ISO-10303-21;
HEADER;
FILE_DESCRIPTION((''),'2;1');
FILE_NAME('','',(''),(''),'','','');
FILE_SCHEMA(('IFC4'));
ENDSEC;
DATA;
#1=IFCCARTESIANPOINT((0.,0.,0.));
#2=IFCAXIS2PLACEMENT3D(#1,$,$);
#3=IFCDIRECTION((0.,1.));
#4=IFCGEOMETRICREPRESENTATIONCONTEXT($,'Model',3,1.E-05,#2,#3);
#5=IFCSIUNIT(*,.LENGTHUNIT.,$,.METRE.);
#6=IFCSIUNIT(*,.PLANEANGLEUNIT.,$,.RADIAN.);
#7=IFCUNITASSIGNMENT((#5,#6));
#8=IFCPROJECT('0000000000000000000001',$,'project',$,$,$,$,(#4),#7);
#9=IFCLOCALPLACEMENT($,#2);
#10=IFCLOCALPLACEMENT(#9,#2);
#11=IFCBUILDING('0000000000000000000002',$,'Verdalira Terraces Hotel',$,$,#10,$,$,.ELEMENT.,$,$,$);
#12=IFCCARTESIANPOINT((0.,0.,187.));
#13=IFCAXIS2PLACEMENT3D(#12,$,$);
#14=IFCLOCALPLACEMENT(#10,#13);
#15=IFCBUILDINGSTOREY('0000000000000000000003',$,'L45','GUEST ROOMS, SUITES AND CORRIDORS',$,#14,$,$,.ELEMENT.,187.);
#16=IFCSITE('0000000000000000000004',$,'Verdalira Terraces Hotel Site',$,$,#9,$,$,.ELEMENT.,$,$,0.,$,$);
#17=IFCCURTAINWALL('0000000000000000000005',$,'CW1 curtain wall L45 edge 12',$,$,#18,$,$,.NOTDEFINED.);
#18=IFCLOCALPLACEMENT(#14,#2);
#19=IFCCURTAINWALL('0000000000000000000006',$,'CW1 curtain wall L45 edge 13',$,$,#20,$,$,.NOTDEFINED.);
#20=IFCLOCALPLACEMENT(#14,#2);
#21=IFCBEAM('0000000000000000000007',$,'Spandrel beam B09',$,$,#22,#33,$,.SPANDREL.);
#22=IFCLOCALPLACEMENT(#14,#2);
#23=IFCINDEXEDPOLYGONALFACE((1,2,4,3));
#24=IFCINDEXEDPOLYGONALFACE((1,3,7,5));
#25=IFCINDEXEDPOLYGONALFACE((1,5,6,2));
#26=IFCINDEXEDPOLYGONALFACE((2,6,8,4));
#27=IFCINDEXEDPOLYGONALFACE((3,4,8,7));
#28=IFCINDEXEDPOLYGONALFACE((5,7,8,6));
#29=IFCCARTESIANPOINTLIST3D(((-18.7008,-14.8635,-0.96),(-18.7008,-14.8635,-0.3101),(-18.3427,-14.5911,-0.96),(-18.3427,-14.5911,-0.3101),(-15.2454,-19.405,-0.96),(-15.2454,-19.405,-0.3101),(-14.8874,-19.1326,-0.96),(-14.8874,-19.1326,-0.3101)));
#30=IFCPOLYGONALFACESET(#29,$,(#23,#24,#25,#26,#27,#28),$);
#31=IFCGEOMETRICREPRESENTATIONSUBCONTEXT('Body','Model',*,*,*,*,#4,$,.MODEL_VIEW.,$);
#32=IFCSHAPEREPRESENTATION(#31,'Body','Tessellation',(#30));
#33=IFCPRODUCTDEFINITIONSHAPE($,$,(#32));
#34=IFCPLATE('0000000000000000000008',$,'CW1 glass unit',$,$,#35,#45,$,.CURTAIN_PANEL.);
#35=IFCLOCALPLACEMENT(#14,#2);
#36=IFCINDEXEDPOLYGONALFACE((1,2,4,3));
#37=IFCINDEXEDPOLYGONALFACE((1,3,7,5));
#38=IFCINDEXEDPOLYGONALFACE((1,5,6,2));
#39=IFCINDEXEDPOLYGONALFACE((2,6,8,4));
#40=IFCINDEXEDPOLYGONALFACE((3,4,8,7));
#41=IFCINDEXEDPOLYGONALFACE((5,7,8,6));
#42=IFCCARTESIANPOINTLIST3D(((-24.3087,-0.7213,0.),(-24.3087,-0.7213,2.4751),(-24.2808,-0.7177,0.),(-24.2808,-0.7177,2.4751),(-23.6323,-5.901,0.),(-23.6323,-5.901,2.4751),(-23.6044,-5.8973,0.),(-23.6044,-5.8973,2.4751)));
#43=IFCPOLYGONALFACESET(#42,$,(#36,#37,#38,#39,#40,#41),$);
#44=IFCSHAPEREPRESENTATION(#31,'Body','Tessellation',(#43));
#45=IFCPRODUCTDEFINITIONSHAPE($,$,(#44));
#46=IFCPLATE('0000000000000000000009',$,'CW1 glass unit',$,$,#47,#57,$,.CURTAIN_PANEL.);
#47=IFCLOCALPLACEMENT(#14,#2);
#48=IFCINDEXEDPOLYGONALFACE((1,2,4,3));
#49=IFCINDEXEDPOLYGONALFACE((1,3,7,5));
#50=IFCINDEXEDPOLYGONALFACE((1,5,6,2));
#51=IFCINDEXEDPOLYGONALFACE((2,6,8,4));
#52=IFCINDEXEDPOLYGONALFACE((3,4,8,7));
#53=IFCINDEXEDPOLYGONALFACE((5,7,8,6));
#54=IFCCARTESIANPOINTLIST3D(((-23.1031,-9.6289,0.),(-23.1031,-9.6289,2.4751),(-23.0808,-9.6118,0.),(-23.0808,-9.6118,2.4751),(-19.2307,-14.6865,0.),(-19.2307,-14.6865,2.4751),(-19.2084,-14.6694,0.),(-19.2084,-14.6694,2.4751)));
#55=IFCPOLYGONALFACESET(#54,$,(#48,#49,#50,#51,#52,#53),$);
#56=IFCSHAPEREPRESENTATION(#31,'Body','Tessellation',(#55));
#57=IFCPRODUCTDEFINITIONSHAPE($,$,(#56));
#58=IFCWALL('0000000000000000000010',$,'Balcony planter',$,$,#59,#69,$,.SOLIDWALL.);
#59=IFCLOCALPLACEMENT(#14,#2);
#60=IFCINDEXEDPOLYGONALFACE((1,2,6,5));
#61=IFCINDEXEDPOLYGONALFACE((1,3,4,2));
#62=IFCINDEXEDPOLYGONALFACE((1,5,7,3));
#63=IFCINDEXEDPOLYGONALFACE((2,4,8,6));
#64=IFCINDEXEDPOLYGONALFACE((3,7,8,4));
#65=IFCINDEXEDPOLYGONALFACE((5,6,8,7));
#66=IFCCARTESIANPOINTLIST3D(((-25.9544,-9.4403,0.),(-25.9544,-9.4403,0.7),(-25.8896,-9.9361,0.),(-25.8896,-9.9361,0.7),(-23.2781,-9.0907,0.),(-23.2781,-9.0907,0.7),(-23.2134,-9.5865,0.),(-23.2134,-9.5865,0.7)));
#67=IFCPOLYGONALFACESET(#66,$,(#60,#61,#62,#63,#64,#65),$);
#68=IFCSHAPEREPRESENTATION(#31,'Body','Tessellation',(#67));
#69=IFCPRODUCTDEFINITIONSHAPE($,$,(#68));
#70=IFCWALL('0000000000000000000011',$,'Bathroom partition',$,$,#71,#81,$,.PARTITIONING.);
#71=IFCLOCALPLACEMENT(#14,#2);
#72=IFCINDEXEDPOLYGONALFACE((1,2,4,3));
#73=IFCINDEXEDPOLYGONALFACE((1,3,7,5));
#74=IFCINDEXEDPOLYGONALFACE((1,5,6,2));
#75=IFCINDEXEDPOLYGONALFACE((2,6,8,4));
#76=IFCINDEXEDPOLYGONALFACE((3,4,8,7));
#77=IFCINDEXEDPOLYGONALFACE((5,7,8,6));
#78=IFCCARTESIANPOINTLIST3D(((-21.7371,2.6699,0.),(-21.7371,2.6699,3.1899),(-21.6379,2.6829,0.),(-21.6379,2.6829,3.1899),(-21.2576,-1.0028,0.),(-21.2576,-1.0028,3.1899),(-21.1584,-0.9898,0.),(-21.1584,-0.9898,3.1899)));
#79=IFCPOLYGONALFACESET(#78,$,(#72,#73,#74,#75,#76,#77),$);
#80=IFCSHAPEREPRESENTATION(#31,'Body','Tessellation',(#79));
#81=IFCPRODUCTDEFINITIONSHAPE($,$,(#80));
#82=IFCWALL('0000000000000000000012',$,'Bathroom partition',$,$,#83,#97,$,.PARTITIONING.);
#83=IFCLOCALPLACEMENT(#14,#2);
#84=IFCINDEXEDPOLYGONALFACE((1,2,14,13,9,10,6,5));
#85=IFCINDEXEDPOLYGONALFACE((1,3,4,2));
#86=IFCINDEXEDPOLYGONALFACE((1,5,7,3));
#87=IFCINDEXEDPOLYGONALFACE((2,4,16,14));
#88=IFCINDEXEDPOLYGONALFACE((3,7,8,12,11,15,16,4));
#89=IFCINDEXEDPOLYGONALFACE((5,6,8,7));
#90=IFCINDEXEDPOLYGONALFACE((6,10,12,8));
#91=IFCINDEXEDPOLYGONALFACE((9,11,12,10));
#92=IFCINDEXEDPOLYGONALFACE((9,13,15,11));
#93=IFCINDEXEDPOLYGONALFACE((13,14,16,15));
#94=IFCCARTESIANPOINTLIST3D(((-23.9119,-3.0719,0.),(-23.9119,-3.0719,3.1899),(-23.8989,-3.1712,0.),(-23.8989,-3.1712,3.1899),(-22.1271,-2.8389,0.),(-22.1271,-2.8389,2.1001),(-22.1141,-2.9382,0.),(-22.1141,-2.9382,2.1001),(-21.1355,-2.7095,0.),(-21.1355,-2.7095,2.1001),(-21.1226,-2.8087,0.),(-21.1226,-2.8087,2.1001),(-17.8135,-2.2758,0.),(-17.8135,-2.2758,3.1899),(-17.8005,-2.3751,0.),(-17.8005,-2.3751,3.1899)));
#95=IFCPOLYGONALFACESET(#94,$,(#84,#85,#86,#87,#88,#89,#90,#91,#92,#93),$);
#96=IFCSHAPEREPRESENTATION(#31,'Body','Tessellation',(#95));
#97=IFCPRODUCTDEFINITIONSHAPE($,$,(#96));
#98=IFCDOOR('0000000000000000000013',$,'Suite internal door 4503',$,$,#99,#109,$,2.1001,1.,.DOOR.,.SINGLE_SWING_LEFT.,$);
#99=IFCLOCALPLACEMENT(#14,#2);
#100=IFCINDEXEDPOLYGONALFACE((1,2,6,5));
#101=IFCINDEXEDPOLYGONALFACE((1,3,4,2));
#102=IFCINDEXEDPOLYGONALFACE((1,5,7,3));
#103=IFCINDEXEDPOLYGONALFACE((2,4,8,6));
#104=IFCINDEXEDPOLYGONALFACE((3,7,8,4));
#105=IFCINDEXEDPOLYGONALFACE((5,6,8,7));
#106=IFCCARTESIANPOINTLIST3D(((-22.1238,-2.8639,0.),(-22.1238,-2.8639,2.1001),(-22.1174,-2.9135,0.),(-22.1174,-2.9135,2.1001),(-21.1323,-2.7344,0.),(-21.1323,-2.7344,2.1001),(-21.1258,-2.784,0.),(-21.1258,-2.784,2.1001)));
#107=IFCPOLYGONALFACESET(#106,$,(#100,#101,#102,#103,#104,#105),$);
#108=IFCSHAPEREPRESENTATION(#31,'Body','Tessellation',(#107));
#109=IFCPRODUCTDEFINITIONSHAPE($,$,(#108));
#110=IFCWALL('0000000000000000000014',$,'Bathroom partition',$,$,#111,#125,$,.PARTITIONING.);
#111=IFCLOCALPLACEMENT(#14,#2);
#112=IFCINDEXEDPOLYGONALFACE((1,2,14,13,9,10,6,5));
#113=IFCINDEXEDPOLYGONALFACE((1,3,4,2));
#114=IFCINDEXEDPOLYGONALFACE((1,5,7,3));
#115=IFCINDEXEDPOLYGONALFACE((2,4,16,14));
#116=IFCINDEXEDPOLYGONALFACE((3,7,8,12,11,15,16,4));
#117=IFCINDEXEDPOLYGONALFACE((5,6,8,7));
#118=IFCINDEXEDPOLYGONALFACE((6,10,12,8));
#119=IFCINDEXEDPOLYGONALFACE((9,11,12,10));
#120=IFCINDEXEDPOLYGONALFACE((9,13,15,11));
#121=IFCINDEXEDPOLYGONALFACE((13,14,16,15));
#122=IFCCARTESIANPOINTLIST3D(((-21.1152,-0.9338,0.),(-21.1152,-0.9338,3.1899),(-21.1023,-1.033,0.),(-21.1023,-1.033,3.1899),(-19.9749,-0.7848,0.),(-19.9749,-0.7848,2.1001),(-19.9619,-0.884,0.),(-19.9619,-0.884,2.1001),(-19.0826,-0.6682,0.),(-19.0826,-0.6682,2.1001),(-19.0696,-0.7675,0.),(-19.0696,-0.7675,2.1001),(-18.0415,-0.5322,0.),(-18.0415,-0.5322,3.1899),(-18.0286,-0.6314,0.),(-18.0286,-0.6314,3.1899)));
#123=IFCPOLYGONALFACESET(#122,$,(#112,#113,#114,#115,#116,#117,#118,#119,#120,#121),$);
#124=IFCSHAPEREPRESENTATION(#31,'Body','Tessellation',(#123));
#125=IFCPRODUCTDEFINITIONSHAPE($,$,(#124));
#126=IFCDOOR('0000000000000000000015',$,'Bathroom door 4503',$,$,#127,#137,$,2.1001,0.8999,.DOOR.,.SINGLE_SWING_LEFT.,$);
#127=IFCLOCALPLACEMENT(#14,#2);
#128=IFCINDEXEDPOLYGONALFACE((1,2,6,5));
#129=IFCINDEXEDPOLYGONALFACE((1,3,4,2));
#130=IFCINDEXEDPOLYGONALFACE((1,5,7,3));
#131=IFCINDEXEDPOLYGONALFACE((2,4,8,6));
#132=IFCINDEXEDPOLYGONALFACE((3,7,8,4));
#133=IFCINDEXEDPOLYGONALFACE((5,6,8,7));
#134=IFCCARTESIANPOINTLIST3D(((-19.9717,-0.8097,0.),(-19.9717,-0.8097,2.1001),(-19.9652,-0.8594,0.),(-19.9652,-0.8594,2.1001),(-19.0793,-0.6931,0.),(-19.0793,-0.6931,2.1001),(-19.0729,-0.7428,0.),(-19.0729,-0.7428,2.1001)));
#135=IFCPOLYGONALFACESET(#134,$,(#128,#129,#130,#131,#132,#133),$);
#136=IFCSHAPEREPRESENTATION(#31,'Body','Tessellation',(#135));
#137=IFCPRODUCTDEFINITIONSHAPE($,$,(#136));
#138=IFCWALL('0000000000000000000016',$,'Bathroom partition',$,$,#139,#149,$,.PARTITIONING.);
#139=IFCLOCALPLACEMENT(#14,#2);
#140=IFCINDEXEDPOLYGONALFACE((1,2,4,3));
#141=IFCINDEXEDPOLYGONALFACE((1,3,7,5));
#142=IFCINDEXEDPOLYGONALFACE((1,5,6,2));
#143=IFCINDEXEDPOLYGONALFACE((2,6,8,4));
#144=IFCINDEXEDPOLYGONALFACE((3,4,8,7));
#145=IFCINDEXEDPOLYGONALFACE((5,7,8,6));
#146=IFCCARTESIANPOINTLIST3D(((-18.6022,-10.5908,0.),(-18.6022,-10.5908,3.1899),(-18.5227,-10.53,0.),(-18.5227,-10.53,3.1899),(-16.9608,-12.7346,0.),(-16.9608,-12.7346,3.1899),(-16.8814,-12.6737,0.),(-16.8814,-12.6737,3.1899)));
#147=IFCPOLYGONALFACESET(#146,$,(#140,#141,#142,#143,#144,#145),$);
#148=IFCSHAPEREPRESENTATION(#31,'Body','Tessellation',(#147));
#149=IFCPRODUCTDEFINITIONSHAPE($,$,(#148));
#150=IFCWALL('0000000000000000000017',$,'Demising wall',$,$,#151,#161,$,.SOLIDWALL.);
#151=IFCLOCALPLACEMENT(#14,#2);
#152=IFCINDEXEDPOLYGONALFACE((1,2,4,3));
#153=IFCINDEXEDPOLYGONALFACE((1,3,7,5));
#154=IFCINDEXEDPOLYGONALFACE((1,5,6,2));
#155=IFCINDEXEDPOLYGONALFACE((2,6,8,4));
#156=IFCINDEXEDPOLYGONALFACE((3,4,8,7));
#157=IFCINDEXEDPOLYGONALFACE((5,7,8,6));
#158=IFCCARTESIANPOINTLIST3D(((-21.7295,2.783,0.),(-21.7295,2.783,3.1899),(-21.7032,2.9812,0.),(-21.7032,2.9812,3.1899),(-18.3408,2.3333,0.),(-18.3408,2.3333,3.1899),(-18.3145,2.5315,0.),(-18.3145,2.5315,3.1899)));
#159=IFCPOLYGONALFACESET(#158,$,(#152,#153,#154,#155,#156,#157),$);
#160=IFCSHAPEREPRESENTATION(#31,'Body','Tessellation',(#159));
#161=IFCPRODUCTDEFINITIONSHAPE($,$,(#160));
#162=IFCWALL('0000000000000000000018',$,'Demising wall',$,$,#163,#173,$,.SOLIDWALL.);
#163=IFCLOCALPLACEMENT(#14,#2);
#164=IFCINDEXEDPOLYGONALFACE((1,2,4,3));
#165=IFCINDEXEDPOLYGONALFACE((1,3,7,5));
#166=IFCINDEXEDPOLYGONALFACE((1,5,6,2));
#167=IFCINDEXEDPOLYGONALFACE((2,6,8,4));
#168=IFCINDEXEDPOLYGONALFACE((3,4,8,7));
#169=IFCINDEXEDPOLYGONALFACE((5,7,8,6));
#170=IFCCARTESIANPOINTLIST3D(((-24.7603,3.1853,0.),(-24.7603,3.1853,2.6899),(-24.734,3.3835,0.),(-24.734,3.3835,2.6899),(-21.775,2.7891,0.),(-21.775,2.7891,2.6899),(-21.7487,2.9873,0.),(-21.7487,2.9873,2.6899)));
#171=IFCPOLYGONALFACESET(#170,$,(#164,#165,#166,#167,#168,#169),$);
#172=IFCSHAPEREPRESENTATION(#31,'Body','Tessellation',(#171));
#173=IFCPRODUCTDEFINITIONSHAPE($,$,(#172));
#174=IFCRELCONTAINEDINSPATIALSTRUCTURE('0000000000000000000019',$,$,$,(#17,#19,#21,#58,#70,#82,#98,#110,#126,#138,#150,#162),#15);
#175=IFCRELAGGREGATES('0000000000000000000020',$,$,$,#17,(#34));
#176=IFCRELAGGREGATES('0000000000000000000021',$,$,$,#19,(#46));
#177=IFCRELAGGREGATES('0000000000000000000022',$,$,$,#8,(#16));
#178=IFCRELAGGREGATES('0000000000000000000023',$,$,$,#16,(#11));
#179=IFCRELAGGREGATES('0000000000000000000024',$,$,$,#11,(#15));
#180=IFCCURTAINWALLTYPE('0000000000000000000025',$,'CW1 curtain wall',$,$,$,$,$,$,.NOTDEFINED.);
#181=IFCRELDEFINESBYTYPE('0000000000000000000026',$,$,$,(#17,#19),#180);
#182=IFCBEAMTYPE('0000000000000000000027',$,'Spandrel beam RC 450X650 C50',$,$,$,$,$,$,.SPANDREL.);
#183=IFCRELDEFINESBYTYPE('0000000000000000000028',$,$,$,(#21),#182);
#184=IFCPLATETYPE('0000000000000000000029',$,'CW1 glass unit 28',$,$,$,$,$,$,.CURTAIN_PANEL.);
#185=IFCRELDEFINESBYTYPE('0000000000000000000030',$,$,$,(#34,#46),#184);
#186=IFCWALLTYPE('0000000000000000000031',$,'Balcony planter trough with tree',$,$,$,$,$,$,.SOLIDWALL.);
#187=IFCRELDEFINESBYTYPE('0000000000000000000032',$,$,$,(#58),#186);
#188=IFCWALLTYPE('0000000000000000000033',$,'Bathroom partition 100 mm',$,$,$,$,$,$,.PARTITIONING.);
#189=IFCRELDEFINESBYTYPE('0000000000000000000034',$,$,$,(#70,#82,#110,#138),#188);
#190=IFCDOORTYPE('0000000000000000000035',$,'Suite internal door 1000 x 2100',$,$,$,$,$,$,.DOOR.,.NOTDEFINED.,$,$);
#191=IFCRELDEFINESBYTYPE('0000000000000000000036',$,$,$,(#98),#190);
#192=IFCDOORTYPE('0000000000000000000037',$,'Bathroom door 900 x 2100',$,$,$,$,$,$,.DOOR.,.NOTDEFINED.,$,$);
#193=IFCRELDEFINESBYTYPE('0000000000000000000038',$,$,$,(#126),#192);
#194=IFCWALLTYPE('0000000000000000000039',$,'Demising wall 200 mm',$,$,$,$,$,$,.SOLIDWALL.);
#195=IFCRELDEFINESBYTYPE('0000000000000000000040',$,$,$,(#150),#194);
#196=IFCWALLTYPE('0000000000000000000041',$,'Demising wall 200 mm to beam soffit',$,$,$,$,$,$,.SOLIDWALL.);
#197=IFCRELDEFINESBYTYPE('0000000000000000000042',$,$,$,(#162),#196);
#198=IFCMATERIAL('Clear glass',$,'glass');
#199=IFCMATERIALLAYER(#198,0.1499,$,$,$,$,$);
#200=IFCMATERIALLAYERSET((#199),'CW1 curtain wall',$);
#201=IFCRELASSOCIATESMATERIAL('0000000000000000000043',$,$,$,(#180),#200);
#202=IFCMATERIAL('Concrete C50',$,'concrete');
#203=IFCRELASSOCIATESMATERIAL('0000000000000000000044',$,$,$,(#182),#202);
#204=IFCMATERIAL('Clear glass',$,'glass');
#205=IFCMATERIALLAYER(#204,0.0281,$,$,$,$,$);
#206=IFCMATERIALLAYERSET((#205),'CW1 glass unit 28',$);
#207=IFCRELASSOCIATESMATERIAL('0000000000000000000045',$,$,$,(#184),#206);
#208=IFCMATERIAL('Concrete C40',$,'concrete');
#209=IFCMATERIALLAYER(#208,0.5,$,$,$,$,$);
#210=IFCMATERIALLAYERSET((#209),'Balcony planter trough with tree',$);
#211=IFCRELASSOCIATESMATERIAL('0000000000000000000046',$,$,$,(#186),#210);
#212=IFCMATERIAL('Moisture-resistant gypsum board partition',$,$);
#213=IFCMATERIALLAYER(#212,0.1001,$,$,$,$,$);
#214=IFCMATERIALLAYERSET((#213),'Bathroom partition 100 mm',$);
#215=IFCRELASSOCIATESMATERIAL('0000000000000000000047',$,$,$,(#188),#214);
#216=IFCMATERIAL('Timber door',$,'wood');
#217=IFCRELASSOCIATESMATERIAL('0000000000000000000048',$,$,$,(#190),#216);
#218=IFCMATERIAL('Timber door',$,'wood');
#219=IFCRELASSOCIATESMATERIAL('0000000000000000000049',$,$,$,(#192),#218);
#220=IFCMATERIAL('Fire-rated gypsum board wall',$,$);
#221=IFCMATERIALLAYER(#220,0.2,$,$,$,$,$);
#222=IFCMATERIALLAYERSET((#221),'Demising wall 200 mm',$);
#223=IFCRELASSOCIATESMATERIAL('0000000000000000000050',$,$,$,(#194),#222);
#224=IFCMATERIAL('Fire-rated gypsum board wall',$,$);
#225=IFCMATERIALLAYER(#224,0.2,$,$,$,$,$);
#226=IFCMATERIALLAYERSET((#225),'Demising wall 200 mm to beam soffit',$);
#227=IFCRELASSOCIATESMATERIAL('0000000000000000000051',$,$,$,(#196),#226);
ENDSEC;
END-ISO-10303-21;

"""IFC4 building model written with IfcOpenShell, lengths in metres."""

from ifc_helpers import new_model, si_unit, direction, frame, frame_2d, origin, origin_2d, place, context, subcontext, project, spatial, rectangle, extrude, material, layer, layer_set, material_profile, profile_set, type_object, element, fill, aggregate, save


model = new_model("IFC4")

# Units and contexts
model_context = context("Model", 3, precision=1e-05, world=origin(), true_north=direction((0.0, 1.0)))
body_context = subcontext(model_context, "Body", "Model", "MODEL_VIEW")
ifc_project = project(units=[si_unit("LENGTHUNIT", "METRE"), si_unit("PLANEANGLEUNIT", "RADIAN")], contexts=[model_context])

# Site, building, storey
site_placement = place(None, origin())
site = spatial("IfcSite", under=ifc_project, at=site_placement, Name="Verdalira Terraces Hotel Site", CompositionType="ELEMENT", RefElevation=0.0)
building_placement = place(site_placement, origin())
building = spatial("IfcBuilding", under=site, at=building_placement, Name="Verdalira Terraces Hotel", CompositionType="ELEMENT")
storey_placement = place(building_placement, frame((0.0, 0.0, 187.0)))
storey = spatial("IfcBuildingStorey", under=building, at=storey_placement, Name="L45", Description="GUEST ROOMS, SUITES AND CORRIDORS", CompositionType="ELEMENT", Elevation=187.0)

# Curtain wall
ifc_material_1 = material(Name="Clear glass", Category="glass")
ifc_layer_1 = layer(ifc_material_1, 0.1499)
ifc_layer_set_1 = layer_set([ifc_layer_1], Name="CW1 curtain wall")
curtain_wall_type = type_object("IfcCurtainWallType", Name="CW1 curtain wall", PredefinedType="NOTDEFINED", material=ifc_layer_set_1)
curtain_wall_1_placement = place(storey_placement, origin())
curtain_wall_1 = element("IfcCurtainWall", 1, at=curtain_wall_1_placement, inside=storey, type_object=curtain_wall_type, Name="CW1 curtain wall L45 edge 12", PredefinedType="NOTDEFINED")

# Curtain wall
curtain_wall_2_placement = place(storey_placement, origin())
curtain_wall_2 = element("IfcCurtainWall", 2, at=curtain_wall_2_placement, inside=storey, type_object=curtain_wall_type, Name="CW1 curtain wall L45 edge 13", PredefinedType="NOTDEFINED")

# Beam
ifc_material_2 = material(Name="Concrete C50", Category="concrete")
ifc_material_profile_1 = material_profile(ifc_material_2, rectangle(XDim=0.45, YDim=0.6499, at=origin_2d()), Name="RC 450X650")
ifc_profile_set_1 = profile_set([ifc_material_profile_1], Name="Concrete C50")
beam_type_1 = type_object("IfcBeamType", Name="Spandrel beam RC 450X650 C50", PredefinedType="SPANDREL", material=ifc_profile_set_1)
beam_1_placement = place(storey_placement, frame((-18.5217, -14.7273, -0.635), z_axis=(0.605503, -0.795843, 0.0), x_axis=(0.795843, 0.605503, 0.0)))
element("IfcBeam", 3, at=beam_1_placement, inside=storey, type_object=beam_type_1, Name="Spandrel beam B09", PredefinedType="SPANDREL", context=body_context, shape_type="SweptSolid", body=[
    extrude(rectangle(XDim=0.45, YDim=0.6499, at=origin_2d()), origin(), (0.0, 0.0, 1.0), 5.7065),
])

# Plates
ifc_material_3 = material(Name="Clear glass", Category="glass")
ifc_layer_2 = layer(ifc_material_3, 0.0281)
ifc_layer_set_2 = layer_set([ifc_layer_2], Name="CW1 glass unit 28")
plate_type = type_object("IfcPlateType", Name="CW1 glass unit 28", PredefinedType="CURTAIN_PANEL", material=ifc_layer_set_2)
plate_1_placement = place(storey_placement, frame((-23.9565, -3.3093, 0.0), z_axis=(0.0, 0.0, 1.0), x_axis=(0.129488, -0.991581, 0.0)))
plate_1 = element("IfcPlate", 4, at=plate_1_placement, type_object=plate_type, Name="CW1 glass unit", PredefinedType="CURTAIN_PANEL", context=body_context, shape_type="SweptSolid", body=[
    extrude(rectangle(XDim=5.2236, YDim=0.0281, at=origin_2d()), origin(), (0.0, 0.0, 1.0), 2.4751),
])
aggregate(curtain_wall_1, [plate_1])
plate_2_placement = place(storey_placement, frame((-21.1558, -12.1492, 0.0), z_axis=(0.0, 0.0, 1.0), x_axis=(0.60793, -0.79399, 0.0)))
plate_2 = element("IfcPlate", 5, at=plate_2_placement, type_object=plate_type, Name="CW1 glass unit", PredefinedType="CURTAIN_PANEL", context=body_context, shape_type="SweptSolid", body=[
    extrude(rectangle(XDim=6.3699, YDim=0.0281, at=origin_2d()), origin(), (0.0, 0.0, 1.0), 2.4751),
])
aggregate(curtain_wall_2, [plate_2])

# Walls
ifc_material_4 = material(Name="Concrete C40", Category="concrete")
ifc_layer_3 = layer(ifc_material_4, 0.5)
ifc_layer_set_3 = layer_set([ifc_layer_3], Name="Balcony planter trough with tree")
wall_type_1 = type_object("IfcWallType", Name="Balcony planter trough with tree", PredefinedType="SOLIDWALL", material=ifc_layer_set_3)
wall_1_placement = place(storey_placement, frame((-25.9221, -9.6882, 0.0), z_axis=(0.0, 0.0, 1.0), x_axis=(0.991575, 0.129533, 0.0)))
element("IfcWall", 6, at=wall_1_placement, inside=storey, type_object=wall_type_1, Name="Balcony planter", PredefinedType="SOLIDWALL", context=body_context, shape_type="SweptSolid", body=[
    extrude(rectangle(XDim=2.699, YDim=0.5, at=frame_2d((1.3496, 0.0))), origin(), (0.0, 0.0, 1.0), 0.7),
])
ifc_material_5 = material(Name="Moisture-resistant gypsum board partition")
ifc_layer_4 = layer(ifc_material_5, 0.1001)
ifc_layer_set_4 = layer_set([ifc_layer_4], Name="Bathroom partition 100 mm")
wall_type_2 = type_object("IfcWallType", Name="Bathroom partition 100 mm", PredefinedType="PARTITIONING", material=ifc_layer_set_4)
wall_2_placement = place(storey_placement, frame((-21.6875, 2.6765, 0.0), z_axis=(0.0, 0.0, 1.0), x_axis=(0.12946, -0.991585, 0.0)))
element("IfcWall", 7, at=wall_2_placement, inside=storey, type_object=wall_type_2, Name="Bathroom partition", PredefinedType="PARTITIONING", context=body_context, shape_type="SweptSolid", body=[
    extrude(rectangle(XDim=3.7039, YDim=0.1001, at=frame_2d((1.8521, 0.0))), origin(), (0.0, 0.0, 1.0), 3.1899),
])

# Walls, openings, doors
wall_3_placement = place(storey_placement, frame((-23.9055, -3.1216, 0.0), z_axis=(0.0, 0.0, 1.0), x_axis=(0.991586, 0.129451, 0.0)))
wall_3 = element("IfcWall", 8, at=wall_3_placement, inside=storey, type_object=wall_type_2, Name="Bathroom partition", PredefinedType="PARTITIONING", context=body_context, shape_type="SweptSolid", body=[
    extrude(rectangle(XDim=6.1501, YDim=0.1001, at=frame_2d((3.0752, 0.0))), origin(), (0.0, 0.0, 1.0), 3.1899),
])
opening_1_placement = place(wall_3_placement, frame((1.8, 0.0, 0.0)))
opening_1 = element("IfcOpeningElement", 9, at=opening_1_placement, cuts=wall_3, PredefinedType="OPENING", context=body_context, shape_type="SweptSolid", body=[
    extrude(rectangle(XDim=1.0, YDim=2.1001, at=frame_2d((0.5, 1.05))), frame((0.0, 0.0601, 0.0), z_axis=(0.0, -1.0, 0.0), x_axis=(1.0, 0.0, 0.0)), (0.0, 0.0, 1.0), 0.1201),
])
ifc_material_6 = material(Name="Timber door", Category="wood")
door_type_1 = type_object("IfcDoorType", Name="Suite internal door 1000 x 2100", OperationType="NOTDEFINED", PredefinedType="DOOR", material=ifc_material_6)
door_1_placement = place(opening_1_placement, origin())
door_1 = element("IfcDoor", 10, at=door_1_placement, inside=storey, type_object=door_type_1, Name="Suite internal door 4503", OperationType="SINGLE_SWING_LEFT", OverallHeight=2.1001, OverallWidth=1.0, PredefinedType="DOOR", context=body_context, shape_type="SweptSolid", body=[
    extrude(rectangle(XDim=1.0, YDim=2.1001, at=frame_2d((0.5, 1.05))), frame((0.0, 0.0249, 0.0), z_axis=(0.0, -1.0, 0.0), x_axis=(1.0, 0.0, 0.0)), (0.0, 0.0, 1.0), 0.05),
])
fill(opening_1, door_1)
wall_4_placement = place(storey_placement, frame((-21.1086, -0.9834, 0.0), z_axis=(0.0, 0.0, 1.0), x_axis=(0.991572, 0.129558, 0.0)))
wall_4 = element("IfcWall", 11, at=wall_4_placement, inside=storey, type_object=wall_type_2, Name="Bathroom partition", PredefinedType="PARTITIONING", context=body_context, shape_type="SweptSolid", body=[
    extrude(rectangle(XDim=3.0999, YDim=0.1001, at=frame_2d((1.5498, 0.0))), origin(), (0.0, 0.0, 1.0), 3.1899),
])
opening_2_placement = place(wall_4_placement, frame((1.1499, 0.0, 0.0)))
opening_2 = element("IfcOpeningElement", 12, at=opening_2_placement, cuts=wall_4, PredefinedType="OPENING", context=body_context, shape_type="SweptSolid", body=[
    extrude(rectangle(XDim=0.8999, YDim=2.1001, at=frame_2d((0.45, 1.05))), frame((0.0, 0.0601, 0.0), z_axis=(0.0, -1.0, 0.0), x_axis=(1.0, 0.0, 0.0)), (0.0, 0.0, 1.0), 0.1201),
])
ifc_material_7 = material(Name="Timber door", Category="wood")
door_type_2 = type_object("IfcDoorType", Name="Bathroom door 900 x 2100", OperationType="NOTDEFINED", PredefinedType="DOOR", material=ifc_material_7)
door_2_placement = place(opening_2_placement, origin())
door_2 = element("IfcDoor", 13, at=door_2_placement, inside=storey, type_object=door_type_2, Name="Bathroom door 4503", OperationType="SINGLE_SWING_LEFT", OverallHeight=2.1001, OverallWidth=0.8999, PredefinedType="DOOR", context=body_context, shape_type="SweptSolid", body=[
    extrude(rectangle(XDim=0.8999, YDim=2.1001, at=frame_2d((0.45, 1.05))), frame((0.0, 0.0249, 0.0), z_axis=(0.0, -1.0, 0.0), x_axis=(1.0, 0.0, 0.0)), (0.0, 0.0, 1.0), 0.05),
])
fill(opening_2, door_2)

# Walls
wall_5_placement = place(storey_placement, frame((-18.5625, -10.5603, 0.0), z_axis=(0.0, 0.0, 1.0), x_axis=(0.607913, -0.794004, 0.0)))
element("IfcWall", 14, at=wall_5_placement, inside=storey, type_object=wall_type_2, Name="Bathroom partition", PredefinedType="PARTITIONING", context=body_context, shape_type="SweptSolid", body=[
    extrude(rectangle(XDim=2.7, YDim=0.1001, at=frame_2d((1.3501, 0.0))), origin(), (0.0, 0.0, 1.0), 3.1899),
])
ifc_material_8 = material(Name="Fire-rated gypsum board wall")
ifc_layer_5 = layer(ifc_material_8, 0.2)
ifc_layer_set_5 = layer_set([ifc_layer_5], Name="Demising wall 200 mm")
wall_type_3 = type_object("IfcWallType", Name="Demising wall 200 mm", PredefinedType="SOLIDWALL", material=ifc_layer_set_5)
wall_6_placement = place(storey_placement, frame((-18.3276, 2.4324, 0.0), z_axis=(0.0, 0.0, 1.0), x_axis=(-0.991309, 0.131556, 0.0)))
element("IfcWall", 15, at=wall_6_placement, inside=storey, type_object=wall_type_3, Name="Demising wall", PredefinedType="SOLIDWALL", context=body_context, shape_type="SweptSolid", body=[
    extrude(rectangle(XDim=3.4185, YDim=0.2, at=frame_2d((1.7092, 0.0))), origin(), (0.0, 0.0, 1.0), 3.1899),
])
ifc_material_9 = material(Name="Fire-rated gypsum board wall")
ifc_layer_6 = layer(ifc_material_9, 0.2)
ifc_layer_set_6 = layer_set([ifc_layer_6], Name="Demising wall 200 mm to beam soffit")
wall_type_4 = type_object("IfcWallType", Name="Demising wall 200 mm to beam soffit", PredefinedType="SOLIDWALL", material=ifc_layer_set_6)
wall_7_placement = place(storey_placement, frame((-21.7617, 2.8882, 0.0), z_axis=(0.0, 0.0, 1.0), x_axis=(-0.991306, 0.131574, 0.0)))
element("IfcWall", 16, at=wall_7_placement, inside=storey, type_object=wall_type_4, Name="Demising wall", PredefinedType="SOLIDWALL", context=body_context, shape_type="SweptSolid", body=[
    extrude(rectangle(XDim=3.0115, YDim=0.2, at=frame_2d((1.5059, 0.0))), origin(), (0.0, 0.0, 1.0), 2.6899),
])

save(model, "model.ifc")
